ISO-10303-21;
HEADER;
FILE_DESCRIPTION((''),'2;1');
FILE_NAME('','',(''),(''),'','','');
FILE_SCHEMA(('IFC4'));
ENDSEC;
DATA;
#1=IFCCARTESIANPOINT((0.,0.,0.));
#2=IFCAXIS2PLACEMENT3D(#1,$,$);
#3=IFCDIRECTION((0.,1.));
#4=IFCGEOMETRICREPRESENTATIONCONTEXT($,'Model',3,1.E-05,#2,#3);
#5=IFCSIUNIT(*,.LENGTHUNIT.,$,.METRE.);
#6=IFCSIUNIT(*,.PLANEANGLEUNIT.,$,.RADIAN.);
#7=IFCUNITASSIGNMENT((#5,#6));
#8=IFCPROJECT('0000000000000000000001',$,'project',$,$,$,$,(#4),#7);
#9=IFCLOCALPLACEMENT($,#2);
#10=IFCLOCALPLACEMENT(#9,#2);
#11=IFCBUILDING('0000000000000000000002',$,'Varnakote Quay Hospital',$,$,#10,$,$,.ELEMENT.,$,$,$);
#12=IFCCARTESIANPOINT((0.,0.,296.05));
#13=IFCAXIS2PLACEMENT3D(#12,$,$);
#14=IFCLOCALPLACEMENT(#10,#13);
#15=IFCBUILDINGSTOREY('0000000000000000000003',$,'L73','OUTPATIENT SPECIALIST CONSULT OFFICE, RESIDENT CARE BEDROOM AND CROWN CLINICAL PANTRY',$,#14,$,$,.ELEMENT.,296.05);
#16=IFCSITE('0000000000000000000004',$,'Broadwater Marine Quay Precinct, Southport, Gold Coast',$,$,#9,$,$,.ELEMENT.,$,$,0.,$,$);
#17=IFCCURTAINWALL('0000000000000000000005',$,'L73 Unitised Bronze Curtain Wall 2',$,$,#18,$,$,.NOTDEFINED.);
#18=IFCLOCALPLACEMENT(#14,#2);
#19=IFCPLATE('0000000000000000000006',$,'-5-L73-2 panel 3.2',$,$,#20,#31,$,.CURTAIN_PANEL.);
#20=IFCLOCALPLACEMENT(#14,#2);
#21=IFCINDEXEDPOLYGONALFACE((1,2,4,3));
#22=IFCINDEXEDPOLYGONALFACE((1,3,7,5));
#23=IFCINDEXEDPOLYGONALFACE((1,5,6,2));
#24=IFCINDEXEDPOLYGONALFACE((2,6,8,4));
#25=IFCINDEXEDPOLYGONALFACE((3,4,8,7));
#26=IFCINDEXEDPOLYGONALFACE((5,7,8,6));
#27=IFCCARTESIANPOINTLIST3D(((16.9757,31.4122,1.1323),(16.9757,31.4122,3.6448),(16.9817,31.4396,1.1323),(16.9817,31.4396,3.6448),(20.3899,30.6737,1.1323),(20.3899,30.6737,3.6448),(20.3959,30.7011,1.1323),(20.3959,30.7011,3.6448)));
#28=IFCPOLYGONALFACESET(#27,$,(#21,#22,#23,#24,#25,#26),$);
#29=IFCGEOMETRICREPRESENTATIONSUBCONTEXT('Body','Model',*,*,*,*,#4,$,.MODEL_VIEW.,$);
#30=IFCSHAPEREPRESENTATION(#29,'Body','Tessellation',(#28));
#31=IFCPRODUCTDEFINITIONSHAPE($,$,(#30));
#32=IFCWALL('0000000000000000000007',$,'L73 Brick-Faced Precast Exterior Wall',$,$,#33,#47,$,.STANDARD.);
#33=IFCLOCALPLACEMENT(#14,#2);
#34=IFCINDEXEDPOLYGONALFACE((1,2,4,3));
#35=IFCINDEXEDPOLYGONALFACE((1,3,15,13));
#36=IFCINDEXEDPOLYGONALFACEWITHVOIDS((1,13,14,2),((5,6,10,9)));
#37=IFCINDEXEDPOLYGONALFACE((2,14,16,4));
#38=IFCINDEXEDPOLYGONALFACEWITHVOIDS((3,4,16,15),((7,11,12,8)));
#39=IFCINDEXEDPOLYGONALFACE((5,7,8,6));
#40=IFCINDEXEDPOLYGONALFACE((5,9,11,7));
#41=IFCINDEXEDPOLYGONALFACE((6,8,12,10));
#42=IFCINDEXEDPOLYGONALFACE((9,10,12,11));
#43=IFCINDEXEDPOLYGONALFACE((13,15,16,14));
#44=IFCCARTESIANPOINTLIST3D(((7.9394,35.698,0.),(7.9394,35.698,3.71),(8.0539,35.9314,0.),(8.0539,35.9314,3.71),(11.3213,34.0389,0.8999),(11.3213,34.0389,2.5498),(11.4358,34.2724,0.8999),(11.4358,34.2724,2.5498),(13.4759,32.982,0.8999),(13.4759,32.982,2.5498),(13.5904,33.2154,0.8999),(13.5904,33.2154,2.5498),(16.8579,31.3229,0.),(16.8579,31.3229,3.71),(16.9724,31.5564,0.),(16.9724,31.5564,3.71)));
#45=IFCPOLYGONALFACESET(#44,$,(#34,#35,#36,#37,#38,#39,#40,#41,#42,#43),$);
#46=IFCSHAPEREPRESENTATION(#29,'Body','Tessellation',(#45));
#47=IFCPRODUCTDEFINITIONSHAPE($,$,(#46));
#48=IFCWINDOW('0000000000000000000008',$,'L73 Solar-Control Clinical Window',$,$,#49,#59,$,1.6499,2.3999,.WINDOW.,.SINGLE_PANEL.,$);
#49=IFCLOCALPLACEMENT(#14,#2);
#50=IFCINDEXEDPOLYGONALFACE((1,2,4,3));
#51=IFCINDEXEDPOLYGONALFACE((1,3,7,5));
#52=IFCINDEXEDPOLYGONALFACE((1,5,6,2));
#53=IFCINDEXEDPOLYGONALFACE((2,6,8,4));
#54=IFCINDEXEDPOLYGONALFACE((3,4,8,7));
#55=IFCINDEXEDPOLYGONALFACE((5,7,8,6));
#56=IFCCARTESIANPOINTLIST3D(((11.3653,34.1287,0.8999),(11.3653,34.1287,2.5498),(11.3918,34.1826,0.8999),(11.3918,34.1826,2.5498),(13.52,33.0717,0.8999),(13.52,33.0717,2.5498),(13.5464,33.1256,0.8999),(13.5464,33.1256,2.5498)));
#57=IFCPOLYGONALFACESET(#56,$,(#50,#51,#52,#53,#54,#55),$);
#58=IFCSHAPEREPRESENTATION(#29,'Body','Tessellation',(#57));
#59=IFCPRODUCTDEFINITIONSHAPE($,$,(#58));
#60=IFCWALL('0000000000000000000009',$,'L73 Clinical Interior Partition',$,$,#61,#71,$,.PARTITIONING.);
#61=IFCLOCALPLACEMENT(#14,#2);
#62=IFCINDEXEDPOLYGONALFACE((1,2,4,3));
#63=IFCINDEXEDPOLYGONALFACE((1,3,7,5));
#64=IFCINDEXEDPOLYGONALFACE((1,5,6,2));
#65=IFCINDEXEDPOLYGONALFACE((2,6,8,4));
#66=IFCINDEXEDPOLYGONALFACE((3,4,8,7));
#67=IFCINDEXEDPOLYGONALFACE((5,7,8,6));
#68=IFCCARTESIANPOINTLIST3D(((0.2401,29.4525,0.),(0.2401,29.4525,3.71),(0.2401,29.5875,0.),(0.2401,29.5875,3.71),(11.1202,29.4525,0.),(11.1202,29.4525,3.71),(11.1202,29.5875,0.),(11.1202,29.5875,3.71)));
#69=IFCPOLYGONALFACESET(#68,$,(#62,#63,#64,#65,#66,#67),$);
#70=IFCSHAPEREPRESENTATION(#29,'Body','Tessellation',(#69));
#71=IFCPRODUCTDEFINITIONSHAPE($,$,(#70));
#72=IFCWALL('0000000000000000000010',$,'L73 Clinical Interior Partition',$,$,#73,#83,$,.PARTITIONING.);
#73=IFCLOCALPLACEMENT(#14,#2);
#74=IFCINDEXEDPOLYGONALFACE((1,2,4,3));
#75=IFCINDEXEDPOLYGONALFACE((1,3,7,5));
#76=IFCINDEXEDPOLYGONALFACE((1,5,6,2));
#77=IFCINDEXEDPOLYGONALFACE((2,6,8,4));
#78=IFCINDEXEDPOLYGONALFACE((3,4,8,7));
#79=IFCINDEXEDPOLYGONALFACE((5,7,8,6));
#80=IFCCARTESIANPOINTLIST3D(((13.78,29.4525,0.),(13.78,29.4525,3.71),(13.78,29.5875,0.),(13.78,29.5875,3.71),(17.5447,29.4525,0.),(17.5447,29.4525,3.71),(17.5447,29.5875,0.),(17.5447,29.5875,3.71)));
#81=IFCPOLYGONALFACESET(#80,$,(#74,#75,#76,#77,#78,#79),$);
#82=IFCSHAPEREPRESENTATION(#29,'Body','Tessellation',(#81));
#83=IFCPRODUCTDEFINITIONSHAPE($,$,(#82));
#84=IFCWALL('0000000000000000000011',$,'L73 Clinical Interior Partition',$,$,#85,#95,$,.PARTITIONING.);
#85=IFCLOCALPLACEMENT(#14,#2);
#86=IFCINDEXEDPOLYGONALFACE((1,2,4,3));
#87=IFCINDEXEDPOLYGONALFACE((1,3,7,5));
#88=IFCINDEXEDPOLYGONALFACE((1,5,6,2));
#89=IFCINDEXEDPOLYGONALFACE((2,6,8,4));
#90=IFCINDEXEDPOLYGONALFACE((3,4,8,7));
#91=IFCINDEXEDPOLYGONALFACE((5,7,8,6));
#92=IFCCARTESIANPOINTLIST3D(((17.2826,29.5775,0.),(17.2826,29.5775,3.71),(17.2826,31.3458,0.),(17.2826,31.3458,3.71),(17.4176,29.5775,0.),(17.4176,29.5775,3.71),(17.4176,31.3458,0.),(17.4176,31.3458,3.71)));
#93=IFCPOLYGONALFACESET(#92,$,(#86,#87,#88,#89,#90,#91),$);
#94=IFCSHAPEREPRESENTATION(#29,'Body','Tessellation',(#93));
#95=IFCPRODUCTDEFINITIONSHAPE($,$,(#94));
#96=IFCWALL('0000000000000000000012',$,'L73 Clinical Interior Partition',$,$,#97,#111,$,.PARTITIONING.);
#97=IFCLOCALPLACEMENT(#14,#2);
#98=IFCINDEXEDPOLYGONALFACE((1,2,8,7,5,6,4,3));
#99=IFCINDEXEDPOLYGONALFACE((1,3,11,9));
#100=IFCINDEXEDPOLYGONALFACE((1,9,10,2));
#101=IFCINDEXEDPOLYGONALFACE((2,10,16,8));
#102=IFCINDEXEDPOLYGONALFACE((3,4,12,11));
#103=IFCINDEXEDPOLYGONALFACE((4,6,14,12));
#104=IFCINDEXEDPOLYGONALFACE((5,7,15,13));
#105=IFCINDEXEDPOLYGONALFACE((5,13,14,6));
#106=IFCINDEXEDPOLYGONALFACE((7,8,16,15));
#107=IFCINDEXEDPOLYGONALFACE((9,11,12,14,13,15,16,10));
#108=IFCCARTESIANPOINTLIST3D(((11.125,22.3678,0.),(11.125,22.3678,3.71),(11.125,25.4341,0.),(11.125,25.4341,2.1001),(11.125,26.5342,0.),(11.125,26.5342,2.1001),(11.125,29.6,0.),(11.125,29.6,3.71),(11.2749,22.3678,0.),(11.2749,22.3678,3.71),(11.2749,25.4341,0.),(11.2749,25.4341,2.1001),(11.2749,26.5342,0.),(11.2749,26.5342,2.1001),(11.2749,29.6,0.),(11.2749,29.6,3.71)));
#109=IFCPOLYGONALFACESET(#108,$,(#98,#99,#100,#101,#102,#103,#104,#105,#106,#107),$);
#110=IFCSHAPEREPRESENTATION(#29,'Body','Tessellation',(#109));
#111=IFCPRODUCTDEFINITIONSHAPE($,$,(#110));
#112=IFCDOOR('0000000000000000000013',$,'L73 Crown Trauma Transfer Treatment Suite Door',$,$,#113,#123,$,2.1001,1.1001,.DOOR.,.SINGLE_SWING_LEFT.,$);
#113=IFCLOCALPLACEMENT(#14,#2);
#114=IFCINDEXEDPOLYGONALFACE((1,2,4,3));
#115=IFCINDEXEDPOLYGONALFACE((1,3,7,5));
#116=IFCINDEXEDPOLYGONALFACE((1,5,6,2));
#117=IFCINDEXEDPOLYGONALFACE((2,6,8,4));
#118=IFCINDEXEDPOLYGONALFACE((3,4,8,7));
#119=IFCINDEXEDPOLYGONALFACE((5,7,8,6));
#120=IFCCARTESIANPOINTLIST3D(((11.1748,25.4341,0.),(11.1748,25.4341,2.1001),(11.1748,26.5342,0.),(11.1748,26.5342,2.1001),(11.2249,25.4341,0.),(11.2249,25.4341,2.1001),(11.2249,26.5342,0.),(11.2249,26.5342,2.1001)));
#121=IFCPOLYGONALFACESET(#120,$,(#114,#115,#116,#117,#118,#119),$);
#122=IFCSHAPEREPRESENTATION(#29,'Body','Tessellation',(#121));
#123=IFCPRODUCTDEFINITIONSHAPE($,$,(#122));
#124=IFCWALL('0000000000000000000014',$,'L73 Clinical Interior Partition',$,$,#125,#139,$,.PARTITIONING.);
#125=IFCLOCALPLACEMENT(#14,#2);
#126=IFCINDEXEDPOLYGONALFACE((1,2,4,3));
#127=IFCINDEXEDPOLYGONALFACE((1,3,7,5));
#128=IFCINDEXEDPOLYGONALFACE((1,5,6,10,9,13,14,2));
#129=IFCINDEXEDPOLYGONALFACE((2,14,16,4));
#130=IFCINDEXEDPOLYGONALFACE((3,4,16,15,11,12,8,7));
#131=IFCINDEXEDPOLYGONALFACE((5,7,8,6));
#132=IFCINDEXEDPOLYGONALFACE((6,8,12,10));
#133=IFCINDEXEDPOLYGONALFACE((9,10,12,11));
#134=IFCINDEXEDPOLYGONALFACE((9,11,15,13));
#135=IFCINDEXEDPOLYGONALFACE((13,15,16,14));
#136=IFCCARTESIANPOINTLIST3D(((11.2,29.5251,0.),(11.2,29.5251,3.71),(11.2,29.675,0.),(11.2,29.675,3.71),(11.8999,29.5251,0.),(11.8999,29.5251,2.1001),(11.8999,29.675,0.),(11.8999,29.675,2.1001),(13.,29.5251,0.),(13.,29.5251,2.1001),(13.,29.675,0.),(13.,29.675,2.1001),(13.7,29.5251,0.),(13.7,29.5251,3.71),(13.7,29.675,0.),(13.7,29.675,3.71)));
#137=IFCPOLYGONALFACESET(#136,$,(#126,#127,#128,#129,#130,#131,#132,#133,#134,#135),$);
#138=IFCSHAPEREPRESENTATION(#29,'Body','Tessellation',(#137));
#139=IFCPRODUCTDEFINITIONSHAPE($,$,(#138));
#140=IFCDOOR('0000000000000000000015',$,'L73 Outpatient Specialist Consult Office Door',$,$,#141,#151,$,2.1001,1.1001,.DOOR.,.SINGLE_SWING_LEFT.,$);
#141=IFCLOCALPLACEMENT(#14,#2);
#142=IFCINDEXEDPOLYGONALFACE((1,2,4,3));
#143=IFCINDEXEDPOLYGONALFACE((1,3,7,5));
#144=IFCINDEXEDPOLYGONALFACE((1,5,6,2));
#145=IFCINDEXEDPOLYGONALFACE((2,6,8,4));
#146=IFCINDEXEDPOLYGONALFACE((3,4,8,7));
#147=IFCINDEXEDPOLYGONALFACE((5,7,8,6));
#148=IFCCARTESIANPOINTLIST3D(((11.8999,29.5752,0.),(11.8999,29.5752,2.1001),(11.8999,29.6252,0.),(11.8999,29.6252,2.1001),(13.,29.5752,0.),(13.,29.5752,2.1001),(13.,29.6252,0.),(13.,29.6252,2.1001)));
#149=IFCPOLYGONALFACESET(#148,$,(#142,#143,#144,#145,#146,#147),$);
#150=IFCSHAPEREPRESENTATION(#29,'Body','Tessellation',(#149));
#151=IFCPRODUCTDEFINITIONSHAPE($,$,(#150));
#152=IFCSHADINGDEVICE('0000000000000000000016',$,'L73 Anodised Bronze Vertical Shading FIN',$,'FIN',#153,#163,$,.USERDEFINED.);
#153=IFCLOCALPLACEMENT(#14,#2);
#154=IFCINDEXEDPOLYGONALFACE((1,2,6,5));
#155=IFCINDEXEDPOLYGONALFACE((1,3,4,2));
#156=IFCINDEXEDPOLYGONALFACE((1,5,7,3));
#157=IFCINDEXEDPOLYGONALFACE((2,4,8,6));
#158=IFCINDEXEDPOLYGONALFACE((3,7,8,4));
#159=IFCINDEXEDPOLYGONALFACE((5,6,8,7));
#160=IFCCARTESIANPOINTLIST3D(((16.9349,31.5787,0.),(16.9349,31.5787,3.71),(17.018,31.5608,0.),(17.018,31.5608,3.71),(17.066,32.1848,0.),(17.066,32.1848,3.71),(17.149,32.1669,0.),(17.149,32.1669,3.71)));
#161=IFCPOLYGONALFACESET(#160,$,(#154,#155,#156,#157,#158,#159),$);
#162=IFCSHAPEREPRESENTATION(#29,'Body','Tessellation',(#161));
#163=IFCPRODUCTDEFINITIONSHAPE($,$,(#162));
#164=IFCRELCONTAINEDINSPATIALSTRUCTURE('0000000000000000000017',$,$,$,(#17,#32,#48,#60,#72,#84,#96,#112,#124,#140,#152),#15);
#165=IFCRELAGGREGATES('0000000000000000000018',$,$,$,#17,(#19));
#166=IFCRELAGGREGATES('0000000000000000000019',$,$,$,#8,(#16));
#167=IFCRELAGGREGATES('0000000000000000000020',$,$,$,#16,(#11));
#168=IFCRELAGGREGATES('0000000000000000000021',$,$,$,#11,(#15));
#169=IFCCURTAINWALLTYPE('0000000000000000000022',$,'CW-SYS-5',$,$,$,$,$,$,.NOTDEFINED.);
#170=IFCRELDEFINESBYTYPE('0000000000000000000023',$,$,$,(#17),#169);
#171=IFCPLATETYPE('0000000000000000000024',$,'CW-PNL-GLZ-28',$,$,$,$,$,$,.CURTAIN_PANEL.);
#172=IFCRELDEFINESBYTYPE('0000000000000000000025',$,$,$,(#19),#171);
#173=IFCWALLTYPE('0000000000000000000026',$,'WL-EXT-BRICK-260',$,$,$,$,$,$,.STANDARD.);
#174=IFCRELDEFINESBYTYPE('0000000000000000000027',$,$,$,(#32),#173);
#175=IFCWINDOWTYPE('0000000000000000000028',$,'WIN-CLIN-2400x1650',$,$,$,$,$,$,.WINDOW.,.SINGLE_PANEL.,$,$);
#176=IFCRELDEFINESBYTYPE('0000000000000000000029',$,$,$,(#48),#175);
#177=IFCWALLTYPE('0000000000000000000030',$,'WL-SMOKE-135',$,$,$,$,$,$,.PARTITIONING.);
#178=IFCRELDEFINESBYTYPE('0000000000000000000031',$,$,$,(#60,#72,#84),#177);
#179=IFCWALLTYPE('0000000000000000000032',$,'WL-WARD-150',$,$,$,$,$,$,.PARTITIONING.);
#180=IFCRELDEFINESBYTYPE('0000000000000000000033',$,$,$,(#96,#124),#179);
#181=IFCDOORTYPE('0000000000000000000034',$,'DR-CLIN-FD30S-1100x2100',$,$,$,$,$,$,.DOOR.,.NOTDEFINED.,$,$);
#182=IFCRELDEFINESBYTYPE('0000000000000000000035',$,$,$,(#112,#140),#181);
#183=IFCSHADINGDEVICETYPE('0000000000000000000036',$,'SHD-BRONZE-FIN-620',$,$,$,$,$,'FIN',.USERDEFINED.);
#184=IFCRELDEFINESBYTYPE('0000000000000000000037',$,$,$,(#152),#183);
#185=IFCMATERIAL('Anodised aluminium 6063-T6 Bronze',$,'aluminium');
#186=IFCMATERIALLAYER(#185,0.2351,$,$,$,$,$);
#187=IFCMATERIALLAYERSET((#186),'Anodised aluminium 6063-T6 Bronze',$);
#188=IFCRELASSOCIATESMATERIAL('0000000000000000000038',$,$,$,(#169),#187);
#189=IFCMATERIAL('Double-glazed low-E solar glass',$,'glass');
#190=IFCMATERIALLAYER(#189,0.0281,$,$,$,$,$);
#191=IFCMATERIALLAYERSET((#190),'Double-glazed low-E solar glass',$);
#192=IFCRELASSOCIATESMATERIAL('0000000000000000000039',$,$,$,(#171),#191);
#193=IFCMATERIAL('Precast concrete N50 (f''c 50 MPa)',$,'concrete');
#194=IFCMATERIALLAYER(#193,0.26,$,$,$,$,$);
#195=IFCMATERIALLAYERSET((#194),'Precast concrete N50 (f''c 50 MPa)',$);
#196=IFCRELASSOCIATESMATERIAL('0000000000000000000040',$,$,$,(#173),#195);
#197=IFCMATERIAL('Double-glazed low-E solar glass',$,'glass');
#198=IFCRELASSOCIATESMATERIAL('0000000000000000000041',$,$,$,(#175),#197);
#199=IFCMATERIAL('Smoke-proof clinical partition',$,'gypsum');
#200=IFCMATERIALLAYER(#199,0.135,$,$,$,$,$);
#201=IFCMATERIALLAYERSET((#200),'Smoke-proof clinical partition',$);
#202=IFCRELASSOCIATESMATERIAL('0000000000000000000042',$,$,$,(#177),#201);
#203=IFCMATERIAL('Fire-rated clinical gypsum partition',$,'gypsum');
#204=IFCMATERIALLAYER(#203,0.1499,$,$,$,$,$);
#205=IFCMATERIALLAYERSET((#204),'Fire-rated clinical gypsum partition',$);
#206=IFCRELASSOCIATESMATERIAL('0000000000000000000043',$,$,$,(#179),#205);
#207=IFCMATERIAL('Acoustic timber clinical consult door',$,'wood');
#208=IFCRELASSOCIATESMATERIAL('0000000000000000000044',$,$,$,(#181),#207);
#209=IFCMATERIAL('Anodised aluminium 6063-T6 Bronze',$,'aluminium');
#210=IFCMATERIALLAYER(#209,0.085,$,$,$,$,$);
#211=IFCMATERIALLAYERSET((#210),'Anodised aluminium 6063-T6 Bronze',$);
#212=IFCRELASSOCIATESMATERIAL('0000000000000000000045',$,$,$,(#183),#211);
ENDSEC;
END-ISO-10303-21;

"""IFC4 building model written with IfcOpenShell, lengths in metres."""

from ifc_helpers import new_model, si_unit, direction, frame, frame_2d, origin, origin_2d, place, context, subcontext, project, spatial, rectangle, extrude, material, layer, layer_set, type_object, element, fill, aggregate, save


model = new_model("IFC4")

# Units and contexts
model_context = context("Model", 3, precision=1e-05, world=origin(), true_north=direction((0.0, 1.0)))
body_context = subcontext(model_context, "Body", "Model", "MODEL_VIEW")
ifc_project = project(units=[si_unit("LENGTHUNIT", "METRE"), si_unit("PLANEANGLEUNIT", "RADIAN")], contexts=[model_context])

# Site, building, storey
site_placement = place(None, origin())
site = spatial("IfcSite", under=ifc_project, at=site_placement, Name="Broadwater Marine Quay Precinct, Southport, Gold Coast", CompositionType="ELEMENT", RefElevation=0.0)
building_placement = place(site_placement, origin())
building = spatial("IfcBuilding", under=site, at=building_placement, Name="Varnakote Quay Hospital", CompositionType="ELEMENT")
storey_placement = place(building_placement, frame((0.0, 0.0, 296.05)))
storey = spatial("IfcBuildingStorey", under=building, at=storey_placement, Name="L73", Description="OUTPATIENT SPECIALIST CONSULT OFFICE, RESIDENT CARE BEDROOM AND CROWN CLINICAL PANTRY", CompositionType="ELEMENT", Elevation=296.05)

# Curtain wall
ifc_material_1 = material(Name="Anodised aluminium 6063-T6 Bronze", Category="aluminium")
ifc_layer_1 = layer(ifc_material_1, 0.2351)
ifc_layer_set_1 = layer_set([ifc_layer_1], Name="Anodised aluminium 6063-T6 Bronze")
curtain_wall_type = type_object("IfcCurtainWallType", Name="CW-SYS-5", PredefinedType="NOTDEFINED", material=ifc_layer_set_1)
curtain_wall_placement = place(storey_placement, origin())
curtain_wall = element("IfcCurtainWall", 1, at=curtain_wall_placement, inside=storey, type_object=curtain_wall_type, Name="L73 Unitised Bronze Curtain Wall 2", PredefinedType="NOTDEFINED")

# Plate
ifc_material_2 = material(Name="Double-glazed low-E solar glass", Category="glass")
ifc_layer_2 = layer(ifc_material_2, 0.0281)
ifc_layer_set_2 = layer_set([ifc_layer_2], Name="Double-glazed low-E solar glass")
plate_type = type_object("IfcPlateType", Name="CW-PNL-GLZ-28", PredefinedType="CURTAIN_PANEL", material=ifc_layer_set_2)
plate_1_placement = place(storey_placement, frame((18.6858, 31.0566, 1.1323), z_axis=(0.0, 0.0, 1.0), x_axis=(-0.977398, 0.211408, 0.0)))
plate_1 = element("IfcPlate", 2, at=plate_1_placement, type_object=plate_type, Name="-5-L73-2 panel 3.2", PredefinedType="CURTAIN_PANEL", context=body_context, shape_type="SweptSolid", body=[
    extrude(rectangle(XDim=3.4932, YDim=0.0281, at=origin_2d()), origin(), (0.0, 0.0, 1.0), 2.5125),
])
aggregate(curtain_wall, [plate_1])

# Wall, opening, window
ifc_material_3 = material(Name="Precast concrete N50 (f'c 50 MPa)", Category="concrete")
ifc_layer_3 = layer(ifc_material_3, 0.26)
ifc_layer_set_3 = layer_set([ifc_layer_3], Name="Precast concrete N50 (f'c 50 MPa)")
wall_type_1 = type_object("IfcWallType", Name="WL-EXT-BRICK-260", PredefinedType="STANDARD", material=ifc_layer_set_3)
wall_1_placement = place(storey_placement, frame((16.915, 31.4397, 0.0), z_axis=(0.0, 0.0, 1.0), x_axis=(-0.897793, 0.440418, 0.0)))
wall_1 = element("IfcWall", 3, at=wall_1_placement, inside=storey, type_object=wall_type_1, Name="L73 Brick-Faced Precast Exterior Wall", PredefinedType="STANDARD", context=body_context, shape_type="SweptSolid", body=[
    extrude(rectangle(XDim=9.9338, YDim=0.26, at=frame_2d((4.9668, 0.0))), origin(), (0.0, 0.0, 1.0), 3.71),
])
opening_1_placement = place(wall_1_placement, frame((3.7668, 0.0, 0.8999)))
opening_1 = element("IfcOpeningElement", 4, at=opening_1_placement, cuts=wall_1, PredefinedType="OPENING", context=body_context, shape_type="SweptSolid", body=[
    extrude(rectangle(XDim=2.3999, YDim=1.6499, at=frame_2d((1.2, 0.825))), frame((0.0, 0.1399, 0.0), z_axis=(0.0, -1.0, 0.0), x_axis=(1.0, 0.0, 0.0)), (0.0, 0.0, 1.0), 0.28),
])
ifc_material_4 = material(Name="Double-glazed low-E solar glass", Category="glass")
window_type = type_object("IfcWindowType", Name="WIN-CLIN-2400x1650", PartitioningType="SINGLE_PANEL", PredefinedType="WINDOW", material=ifc_material_4)
window_placement = place(opening_1_placement, origin())
window = element("IfcWindow", 5, at=window_placement, inside=storey, type_object=window_type, Name="L73 Solar-Control Clinical Window", OverallHeight=1.6499, OverallWidth=2.3999, PartitioningType="SINGLE_PANEL", PredefinedType="WINDOW", context=body_context, shape_type="SweptSolid", body=[
    extrude(rectangle(XDim=2.3999, YDim=1.6499, at=frame_2d((1.2, 0.825))), frame((0.0, 0.03, 0.0), z_axis=(0.0, -1.0, 0.0), x_axis=(1.0, 0.0, 0.0)), (0.0, 0.0, 1.0), 0.0601),
])
fill(opening_1, window)

# Walls
ifc_material_5 = material(Name="Smoke-proof clinical partition", Category="gypsum")
ifc_layer_4 = layer(ifc_material_5, 0.135)
ifc_layer_set_4 = layer_set([ifc_layer_4], Name="Smoke-proof clinical partition")
wall_type_2 = type_object("IfcWallType", Name="WL-SMOKE-135", PredefinedType="PARTITIONING", material=ifc_layer_set_4)
wall_2_placement = place(storey_placement, frame((11.1201, 29.52, 0.0), z_axis=(0.0, 0.0, 1.0), x_axis=(-1.0, 0.0, 0.0)))
element("IfcWall", 6, at=wall_2_placement, inside=storey, type_object=wall_type_2, Name="L73 Clinical Interior Partition", PredefinedType="PARTITIONING", context=body_context, shape_type="SweptSolid", body=[
    extrude(rectangle(XDim=10.8801, YDim=0.135, at=frame_2d((5.4399, 0.0))), origin(), (0.0, 0.0, 1.0), 3.71),
])
wall_3_placement = place(storey_placement, frame((17.5447, 29.52, 0.0), z_axis=(0.0, 0.0, 1.0), x_axis=(-1.0, 0.0, 0.0)))
element("IfcWall", 7, at=wall_3_placement, inside=storey, type_object=wall_type_2, Name="L73 Clinical Interior Partition", PredefinedType="PARTITIONING", context=body_context, shape_type="SweptSolid", body=[
    extrude(rectangle(XDim=3.7646, YDim=0.135, at=frame_2d((1.8823, 0.0))), origin(), (0.0, 0.0, 1.0), 3.71),
])
wall_4_placement = place(storey_placement, frame((17.3501, 29.5774, 0.0), z_axis=(0.0, 0.0, 1.0), x_axis=(0.0, 1.0, 0.0)))
element("IfcWall", 8, at=wall_4_placement, inside=storey, type_object=wall_type_2, Name="L73 Clinical Interior Partition", PredefinedType="PARTITIONING", context=body_context, shape_type="SweptSolid", body=[
    extrude(rectangle(XDim=1.7683, YDim=0.135, at=frame_2d((0.8843, 0.0))), origin(), (0.0, 0.0, 1.0), 3.71),
])

# Walls, openings, doors
ifc_material_6 = material(Name="Fire-rated clinical gypsum partition", Category="gypsum")
ifc_layer_5 = layer(ifc_material_6, 0.1499)
ifc_layer_set_5 = layer_set([ifc_layer_5], Name="Fire-rated clinical gypsum partition")
wall_type_3 = type_object("IfcWallType", Name="WL-WARD-150", PredefinedType="PARTITIONING", material=ifc_layer_set_5)
wall_5_placement = place(storey_placement, frame((11.2, 29.6001, 0.0), z_axis=(0.0, 0.0, 1.0), x_axis=(0.0, -1.0, 0.0)))
wall_5 = element("IfcWall", 9, at=wall_5_placement, inside=storey, type_object=wall_type_3, Name="L73 Clinical Interior Partition", PredefinedType="PARTITIONING", context=body_context, shape_type="SweptSolid", body=[
    extrude(rectangle(XDim=7.2322, YDim=0.1499, at=frame_2d((3.6162, 0.0))), origin(), (0.0, 0.0, 1.0), 3.71),
])
opening_2_placement = place(wall_5_placement, frame((3.0659, 0.0, 0.0)))
opening_2 = element("IfcOpeningElement", 10, at=opening_2_placement, cuts=wall_5, PredefinedType="OPENING", context=body_context, shape_type="SweptSolid", body=[
    extrude(rectangle(XDim=1.1001, YDim=2.1001, at=frame_2d((0.55, 1.05))), frame((0.0, 0.085, 0.0), z_axis=(0.0, -1.0, 0.0), x_axis=(1.0, 0.0, 0.0)), (0.0, 0.0, 1.0), 0.1699),
])
ifc_material_7 = material(Name="Acoustic timber clinical consult door", Category="wood")
door_type = type_object("IfcDoorType", Name="DR-CLIN-FD30S-1100x2100", OperationType="NOTDEFINED", PredefinedType="DOOR", material=ifc_material_7)
door_1_placement = place(opening_2_placement, origin())
door_1 = element("IfcDoor", 11, at=door_1_placement, inside=storey, type_object=door_type, Name="L73 Crown Trauma Transfer Treatment Suite Door", OperationType="SINGLE_SWING_LEFT", OverallHeight=2.1001, OverallWidth=1.1001, PredefinedType="DOOR", context=body_context, shape_type="SweptSolid", body=[
    extrude(rectangle(XDim=1.1001, YDim=2.1001, at=frame_2d((0.55, 1.05))), frame((0.0, 0.0249, 0.0), z_axis=(0.0, -1.0, 0.0), x_axis=(1.0, 0.0, 0.0)), (0.0, 0.0, 1.0), 0.05),
])
fill(opening_2, door_1)
wall_6_placement = place(storey_placement, frame((13.7, 29.6001, 0.0), z_axis=(0.0, 0.0, 1.0), x_axis=(-1.0, 0.0, 0.0)))
wall_6 = element("IfcWall", 12, at=wall_6_placement, inside=storey, type_object=wall_type_3, Name="L73 Clinical Interior Partition", PredefinedType="PARTITIONING", context=body_context, shape_type="SweptSolid", body=[
    extrude(rectangle(XDim=2.5, YDim=0.1499, at=frame_2d((1.25, 0.0))), origin(), (0.0, 0.0, 1.0), 3.71),
])
opening_3_placement = place(wall_6_placement, frame((0.7, 0.0, 0.0)))
opening_3 = element("IfcOpeningElement", 13, at=opening_3_placement, cuts=wall_6, PredefinedType="OPENING", context=body_context, shape_type="SweptSolid", body=[
    extrude(rectangle(XDim=1.1001, YDim=2.1001, at=frame_2d((0.55, 1.05))), frame((0.0, 0.085, 0.0), z_axis=(0.0, -1.0, 0.0), x_axis=(1.0, 0.0, 0.0)), (0.0, 0.0, 1.0), 0.1699),
])
door_2_placement = place(opening_3_placement, origin())
door_2 = element("IfcDoor", 14, at=door_2_placement, inside=storey, type_object=door_type, Name="L73 Outpatient Specialist Consult Office Door", OperationType="SINGLE_SWING_LEFT", OverallHeight=2.1001, OverallWidth=1.1001, PredefinedType="DOOR", context=body_context, shape_type="SweptSolid", body=[
    extrude(rectangle(XDim=1.1001, YDim=2.1001, at=frame_2d((0.55, 1.05))), frame((0.0, 0.0249, 0.0), z_axis=(0.0, -1.0, 0.0), x_axis=(1.0, 0.0, 0.0)), (0.0, 0.0, 1.0), 0.05),
])
fill(opening_3, door_2)

# Shading device
ifc_material_8 = material(Name="Anodised aluminium 6063-T6 Bronze", Category="aluminium")
ifc_layer_6 = layer(ifc_material_8, 0.085)
ifc_layer_set_6 = layer_set([ifc_layer_6], Name="Anodised aluminium 6063-T6 Bronze")
shading_device_type = type_object("IfcShadingDeviceType", Name="SHD-BRONZE-FIN-620", ElementType="FIN", PredefinedType="USERDEFINED", material=ifc_layer_set_6)
shading_device_placement = place(storey_placement, frame((17.042, 31.8728, 0.0), z_axis=(0.0, 0.0, 1.0), x_axis=(-0.211325, -0.977416, 0.0)))
element("IfcShadingDevice", 15, at=shading_device_placement, inside=storey, type_object=shading_device_type, Name="L73 Anodised Bronze Vertical Shading FIN", ObjectType="FIN", PredefinedType="USERDEFINED", context=body_context, shape_type="SweptSolid", body=[
    extrude(rectangle(XDim=0.6201, YDim=0.085, at=origin_2d()), origin(), (0.0, 0.0, 1.0), 3.71),
])

save(model, "model.ifc")
